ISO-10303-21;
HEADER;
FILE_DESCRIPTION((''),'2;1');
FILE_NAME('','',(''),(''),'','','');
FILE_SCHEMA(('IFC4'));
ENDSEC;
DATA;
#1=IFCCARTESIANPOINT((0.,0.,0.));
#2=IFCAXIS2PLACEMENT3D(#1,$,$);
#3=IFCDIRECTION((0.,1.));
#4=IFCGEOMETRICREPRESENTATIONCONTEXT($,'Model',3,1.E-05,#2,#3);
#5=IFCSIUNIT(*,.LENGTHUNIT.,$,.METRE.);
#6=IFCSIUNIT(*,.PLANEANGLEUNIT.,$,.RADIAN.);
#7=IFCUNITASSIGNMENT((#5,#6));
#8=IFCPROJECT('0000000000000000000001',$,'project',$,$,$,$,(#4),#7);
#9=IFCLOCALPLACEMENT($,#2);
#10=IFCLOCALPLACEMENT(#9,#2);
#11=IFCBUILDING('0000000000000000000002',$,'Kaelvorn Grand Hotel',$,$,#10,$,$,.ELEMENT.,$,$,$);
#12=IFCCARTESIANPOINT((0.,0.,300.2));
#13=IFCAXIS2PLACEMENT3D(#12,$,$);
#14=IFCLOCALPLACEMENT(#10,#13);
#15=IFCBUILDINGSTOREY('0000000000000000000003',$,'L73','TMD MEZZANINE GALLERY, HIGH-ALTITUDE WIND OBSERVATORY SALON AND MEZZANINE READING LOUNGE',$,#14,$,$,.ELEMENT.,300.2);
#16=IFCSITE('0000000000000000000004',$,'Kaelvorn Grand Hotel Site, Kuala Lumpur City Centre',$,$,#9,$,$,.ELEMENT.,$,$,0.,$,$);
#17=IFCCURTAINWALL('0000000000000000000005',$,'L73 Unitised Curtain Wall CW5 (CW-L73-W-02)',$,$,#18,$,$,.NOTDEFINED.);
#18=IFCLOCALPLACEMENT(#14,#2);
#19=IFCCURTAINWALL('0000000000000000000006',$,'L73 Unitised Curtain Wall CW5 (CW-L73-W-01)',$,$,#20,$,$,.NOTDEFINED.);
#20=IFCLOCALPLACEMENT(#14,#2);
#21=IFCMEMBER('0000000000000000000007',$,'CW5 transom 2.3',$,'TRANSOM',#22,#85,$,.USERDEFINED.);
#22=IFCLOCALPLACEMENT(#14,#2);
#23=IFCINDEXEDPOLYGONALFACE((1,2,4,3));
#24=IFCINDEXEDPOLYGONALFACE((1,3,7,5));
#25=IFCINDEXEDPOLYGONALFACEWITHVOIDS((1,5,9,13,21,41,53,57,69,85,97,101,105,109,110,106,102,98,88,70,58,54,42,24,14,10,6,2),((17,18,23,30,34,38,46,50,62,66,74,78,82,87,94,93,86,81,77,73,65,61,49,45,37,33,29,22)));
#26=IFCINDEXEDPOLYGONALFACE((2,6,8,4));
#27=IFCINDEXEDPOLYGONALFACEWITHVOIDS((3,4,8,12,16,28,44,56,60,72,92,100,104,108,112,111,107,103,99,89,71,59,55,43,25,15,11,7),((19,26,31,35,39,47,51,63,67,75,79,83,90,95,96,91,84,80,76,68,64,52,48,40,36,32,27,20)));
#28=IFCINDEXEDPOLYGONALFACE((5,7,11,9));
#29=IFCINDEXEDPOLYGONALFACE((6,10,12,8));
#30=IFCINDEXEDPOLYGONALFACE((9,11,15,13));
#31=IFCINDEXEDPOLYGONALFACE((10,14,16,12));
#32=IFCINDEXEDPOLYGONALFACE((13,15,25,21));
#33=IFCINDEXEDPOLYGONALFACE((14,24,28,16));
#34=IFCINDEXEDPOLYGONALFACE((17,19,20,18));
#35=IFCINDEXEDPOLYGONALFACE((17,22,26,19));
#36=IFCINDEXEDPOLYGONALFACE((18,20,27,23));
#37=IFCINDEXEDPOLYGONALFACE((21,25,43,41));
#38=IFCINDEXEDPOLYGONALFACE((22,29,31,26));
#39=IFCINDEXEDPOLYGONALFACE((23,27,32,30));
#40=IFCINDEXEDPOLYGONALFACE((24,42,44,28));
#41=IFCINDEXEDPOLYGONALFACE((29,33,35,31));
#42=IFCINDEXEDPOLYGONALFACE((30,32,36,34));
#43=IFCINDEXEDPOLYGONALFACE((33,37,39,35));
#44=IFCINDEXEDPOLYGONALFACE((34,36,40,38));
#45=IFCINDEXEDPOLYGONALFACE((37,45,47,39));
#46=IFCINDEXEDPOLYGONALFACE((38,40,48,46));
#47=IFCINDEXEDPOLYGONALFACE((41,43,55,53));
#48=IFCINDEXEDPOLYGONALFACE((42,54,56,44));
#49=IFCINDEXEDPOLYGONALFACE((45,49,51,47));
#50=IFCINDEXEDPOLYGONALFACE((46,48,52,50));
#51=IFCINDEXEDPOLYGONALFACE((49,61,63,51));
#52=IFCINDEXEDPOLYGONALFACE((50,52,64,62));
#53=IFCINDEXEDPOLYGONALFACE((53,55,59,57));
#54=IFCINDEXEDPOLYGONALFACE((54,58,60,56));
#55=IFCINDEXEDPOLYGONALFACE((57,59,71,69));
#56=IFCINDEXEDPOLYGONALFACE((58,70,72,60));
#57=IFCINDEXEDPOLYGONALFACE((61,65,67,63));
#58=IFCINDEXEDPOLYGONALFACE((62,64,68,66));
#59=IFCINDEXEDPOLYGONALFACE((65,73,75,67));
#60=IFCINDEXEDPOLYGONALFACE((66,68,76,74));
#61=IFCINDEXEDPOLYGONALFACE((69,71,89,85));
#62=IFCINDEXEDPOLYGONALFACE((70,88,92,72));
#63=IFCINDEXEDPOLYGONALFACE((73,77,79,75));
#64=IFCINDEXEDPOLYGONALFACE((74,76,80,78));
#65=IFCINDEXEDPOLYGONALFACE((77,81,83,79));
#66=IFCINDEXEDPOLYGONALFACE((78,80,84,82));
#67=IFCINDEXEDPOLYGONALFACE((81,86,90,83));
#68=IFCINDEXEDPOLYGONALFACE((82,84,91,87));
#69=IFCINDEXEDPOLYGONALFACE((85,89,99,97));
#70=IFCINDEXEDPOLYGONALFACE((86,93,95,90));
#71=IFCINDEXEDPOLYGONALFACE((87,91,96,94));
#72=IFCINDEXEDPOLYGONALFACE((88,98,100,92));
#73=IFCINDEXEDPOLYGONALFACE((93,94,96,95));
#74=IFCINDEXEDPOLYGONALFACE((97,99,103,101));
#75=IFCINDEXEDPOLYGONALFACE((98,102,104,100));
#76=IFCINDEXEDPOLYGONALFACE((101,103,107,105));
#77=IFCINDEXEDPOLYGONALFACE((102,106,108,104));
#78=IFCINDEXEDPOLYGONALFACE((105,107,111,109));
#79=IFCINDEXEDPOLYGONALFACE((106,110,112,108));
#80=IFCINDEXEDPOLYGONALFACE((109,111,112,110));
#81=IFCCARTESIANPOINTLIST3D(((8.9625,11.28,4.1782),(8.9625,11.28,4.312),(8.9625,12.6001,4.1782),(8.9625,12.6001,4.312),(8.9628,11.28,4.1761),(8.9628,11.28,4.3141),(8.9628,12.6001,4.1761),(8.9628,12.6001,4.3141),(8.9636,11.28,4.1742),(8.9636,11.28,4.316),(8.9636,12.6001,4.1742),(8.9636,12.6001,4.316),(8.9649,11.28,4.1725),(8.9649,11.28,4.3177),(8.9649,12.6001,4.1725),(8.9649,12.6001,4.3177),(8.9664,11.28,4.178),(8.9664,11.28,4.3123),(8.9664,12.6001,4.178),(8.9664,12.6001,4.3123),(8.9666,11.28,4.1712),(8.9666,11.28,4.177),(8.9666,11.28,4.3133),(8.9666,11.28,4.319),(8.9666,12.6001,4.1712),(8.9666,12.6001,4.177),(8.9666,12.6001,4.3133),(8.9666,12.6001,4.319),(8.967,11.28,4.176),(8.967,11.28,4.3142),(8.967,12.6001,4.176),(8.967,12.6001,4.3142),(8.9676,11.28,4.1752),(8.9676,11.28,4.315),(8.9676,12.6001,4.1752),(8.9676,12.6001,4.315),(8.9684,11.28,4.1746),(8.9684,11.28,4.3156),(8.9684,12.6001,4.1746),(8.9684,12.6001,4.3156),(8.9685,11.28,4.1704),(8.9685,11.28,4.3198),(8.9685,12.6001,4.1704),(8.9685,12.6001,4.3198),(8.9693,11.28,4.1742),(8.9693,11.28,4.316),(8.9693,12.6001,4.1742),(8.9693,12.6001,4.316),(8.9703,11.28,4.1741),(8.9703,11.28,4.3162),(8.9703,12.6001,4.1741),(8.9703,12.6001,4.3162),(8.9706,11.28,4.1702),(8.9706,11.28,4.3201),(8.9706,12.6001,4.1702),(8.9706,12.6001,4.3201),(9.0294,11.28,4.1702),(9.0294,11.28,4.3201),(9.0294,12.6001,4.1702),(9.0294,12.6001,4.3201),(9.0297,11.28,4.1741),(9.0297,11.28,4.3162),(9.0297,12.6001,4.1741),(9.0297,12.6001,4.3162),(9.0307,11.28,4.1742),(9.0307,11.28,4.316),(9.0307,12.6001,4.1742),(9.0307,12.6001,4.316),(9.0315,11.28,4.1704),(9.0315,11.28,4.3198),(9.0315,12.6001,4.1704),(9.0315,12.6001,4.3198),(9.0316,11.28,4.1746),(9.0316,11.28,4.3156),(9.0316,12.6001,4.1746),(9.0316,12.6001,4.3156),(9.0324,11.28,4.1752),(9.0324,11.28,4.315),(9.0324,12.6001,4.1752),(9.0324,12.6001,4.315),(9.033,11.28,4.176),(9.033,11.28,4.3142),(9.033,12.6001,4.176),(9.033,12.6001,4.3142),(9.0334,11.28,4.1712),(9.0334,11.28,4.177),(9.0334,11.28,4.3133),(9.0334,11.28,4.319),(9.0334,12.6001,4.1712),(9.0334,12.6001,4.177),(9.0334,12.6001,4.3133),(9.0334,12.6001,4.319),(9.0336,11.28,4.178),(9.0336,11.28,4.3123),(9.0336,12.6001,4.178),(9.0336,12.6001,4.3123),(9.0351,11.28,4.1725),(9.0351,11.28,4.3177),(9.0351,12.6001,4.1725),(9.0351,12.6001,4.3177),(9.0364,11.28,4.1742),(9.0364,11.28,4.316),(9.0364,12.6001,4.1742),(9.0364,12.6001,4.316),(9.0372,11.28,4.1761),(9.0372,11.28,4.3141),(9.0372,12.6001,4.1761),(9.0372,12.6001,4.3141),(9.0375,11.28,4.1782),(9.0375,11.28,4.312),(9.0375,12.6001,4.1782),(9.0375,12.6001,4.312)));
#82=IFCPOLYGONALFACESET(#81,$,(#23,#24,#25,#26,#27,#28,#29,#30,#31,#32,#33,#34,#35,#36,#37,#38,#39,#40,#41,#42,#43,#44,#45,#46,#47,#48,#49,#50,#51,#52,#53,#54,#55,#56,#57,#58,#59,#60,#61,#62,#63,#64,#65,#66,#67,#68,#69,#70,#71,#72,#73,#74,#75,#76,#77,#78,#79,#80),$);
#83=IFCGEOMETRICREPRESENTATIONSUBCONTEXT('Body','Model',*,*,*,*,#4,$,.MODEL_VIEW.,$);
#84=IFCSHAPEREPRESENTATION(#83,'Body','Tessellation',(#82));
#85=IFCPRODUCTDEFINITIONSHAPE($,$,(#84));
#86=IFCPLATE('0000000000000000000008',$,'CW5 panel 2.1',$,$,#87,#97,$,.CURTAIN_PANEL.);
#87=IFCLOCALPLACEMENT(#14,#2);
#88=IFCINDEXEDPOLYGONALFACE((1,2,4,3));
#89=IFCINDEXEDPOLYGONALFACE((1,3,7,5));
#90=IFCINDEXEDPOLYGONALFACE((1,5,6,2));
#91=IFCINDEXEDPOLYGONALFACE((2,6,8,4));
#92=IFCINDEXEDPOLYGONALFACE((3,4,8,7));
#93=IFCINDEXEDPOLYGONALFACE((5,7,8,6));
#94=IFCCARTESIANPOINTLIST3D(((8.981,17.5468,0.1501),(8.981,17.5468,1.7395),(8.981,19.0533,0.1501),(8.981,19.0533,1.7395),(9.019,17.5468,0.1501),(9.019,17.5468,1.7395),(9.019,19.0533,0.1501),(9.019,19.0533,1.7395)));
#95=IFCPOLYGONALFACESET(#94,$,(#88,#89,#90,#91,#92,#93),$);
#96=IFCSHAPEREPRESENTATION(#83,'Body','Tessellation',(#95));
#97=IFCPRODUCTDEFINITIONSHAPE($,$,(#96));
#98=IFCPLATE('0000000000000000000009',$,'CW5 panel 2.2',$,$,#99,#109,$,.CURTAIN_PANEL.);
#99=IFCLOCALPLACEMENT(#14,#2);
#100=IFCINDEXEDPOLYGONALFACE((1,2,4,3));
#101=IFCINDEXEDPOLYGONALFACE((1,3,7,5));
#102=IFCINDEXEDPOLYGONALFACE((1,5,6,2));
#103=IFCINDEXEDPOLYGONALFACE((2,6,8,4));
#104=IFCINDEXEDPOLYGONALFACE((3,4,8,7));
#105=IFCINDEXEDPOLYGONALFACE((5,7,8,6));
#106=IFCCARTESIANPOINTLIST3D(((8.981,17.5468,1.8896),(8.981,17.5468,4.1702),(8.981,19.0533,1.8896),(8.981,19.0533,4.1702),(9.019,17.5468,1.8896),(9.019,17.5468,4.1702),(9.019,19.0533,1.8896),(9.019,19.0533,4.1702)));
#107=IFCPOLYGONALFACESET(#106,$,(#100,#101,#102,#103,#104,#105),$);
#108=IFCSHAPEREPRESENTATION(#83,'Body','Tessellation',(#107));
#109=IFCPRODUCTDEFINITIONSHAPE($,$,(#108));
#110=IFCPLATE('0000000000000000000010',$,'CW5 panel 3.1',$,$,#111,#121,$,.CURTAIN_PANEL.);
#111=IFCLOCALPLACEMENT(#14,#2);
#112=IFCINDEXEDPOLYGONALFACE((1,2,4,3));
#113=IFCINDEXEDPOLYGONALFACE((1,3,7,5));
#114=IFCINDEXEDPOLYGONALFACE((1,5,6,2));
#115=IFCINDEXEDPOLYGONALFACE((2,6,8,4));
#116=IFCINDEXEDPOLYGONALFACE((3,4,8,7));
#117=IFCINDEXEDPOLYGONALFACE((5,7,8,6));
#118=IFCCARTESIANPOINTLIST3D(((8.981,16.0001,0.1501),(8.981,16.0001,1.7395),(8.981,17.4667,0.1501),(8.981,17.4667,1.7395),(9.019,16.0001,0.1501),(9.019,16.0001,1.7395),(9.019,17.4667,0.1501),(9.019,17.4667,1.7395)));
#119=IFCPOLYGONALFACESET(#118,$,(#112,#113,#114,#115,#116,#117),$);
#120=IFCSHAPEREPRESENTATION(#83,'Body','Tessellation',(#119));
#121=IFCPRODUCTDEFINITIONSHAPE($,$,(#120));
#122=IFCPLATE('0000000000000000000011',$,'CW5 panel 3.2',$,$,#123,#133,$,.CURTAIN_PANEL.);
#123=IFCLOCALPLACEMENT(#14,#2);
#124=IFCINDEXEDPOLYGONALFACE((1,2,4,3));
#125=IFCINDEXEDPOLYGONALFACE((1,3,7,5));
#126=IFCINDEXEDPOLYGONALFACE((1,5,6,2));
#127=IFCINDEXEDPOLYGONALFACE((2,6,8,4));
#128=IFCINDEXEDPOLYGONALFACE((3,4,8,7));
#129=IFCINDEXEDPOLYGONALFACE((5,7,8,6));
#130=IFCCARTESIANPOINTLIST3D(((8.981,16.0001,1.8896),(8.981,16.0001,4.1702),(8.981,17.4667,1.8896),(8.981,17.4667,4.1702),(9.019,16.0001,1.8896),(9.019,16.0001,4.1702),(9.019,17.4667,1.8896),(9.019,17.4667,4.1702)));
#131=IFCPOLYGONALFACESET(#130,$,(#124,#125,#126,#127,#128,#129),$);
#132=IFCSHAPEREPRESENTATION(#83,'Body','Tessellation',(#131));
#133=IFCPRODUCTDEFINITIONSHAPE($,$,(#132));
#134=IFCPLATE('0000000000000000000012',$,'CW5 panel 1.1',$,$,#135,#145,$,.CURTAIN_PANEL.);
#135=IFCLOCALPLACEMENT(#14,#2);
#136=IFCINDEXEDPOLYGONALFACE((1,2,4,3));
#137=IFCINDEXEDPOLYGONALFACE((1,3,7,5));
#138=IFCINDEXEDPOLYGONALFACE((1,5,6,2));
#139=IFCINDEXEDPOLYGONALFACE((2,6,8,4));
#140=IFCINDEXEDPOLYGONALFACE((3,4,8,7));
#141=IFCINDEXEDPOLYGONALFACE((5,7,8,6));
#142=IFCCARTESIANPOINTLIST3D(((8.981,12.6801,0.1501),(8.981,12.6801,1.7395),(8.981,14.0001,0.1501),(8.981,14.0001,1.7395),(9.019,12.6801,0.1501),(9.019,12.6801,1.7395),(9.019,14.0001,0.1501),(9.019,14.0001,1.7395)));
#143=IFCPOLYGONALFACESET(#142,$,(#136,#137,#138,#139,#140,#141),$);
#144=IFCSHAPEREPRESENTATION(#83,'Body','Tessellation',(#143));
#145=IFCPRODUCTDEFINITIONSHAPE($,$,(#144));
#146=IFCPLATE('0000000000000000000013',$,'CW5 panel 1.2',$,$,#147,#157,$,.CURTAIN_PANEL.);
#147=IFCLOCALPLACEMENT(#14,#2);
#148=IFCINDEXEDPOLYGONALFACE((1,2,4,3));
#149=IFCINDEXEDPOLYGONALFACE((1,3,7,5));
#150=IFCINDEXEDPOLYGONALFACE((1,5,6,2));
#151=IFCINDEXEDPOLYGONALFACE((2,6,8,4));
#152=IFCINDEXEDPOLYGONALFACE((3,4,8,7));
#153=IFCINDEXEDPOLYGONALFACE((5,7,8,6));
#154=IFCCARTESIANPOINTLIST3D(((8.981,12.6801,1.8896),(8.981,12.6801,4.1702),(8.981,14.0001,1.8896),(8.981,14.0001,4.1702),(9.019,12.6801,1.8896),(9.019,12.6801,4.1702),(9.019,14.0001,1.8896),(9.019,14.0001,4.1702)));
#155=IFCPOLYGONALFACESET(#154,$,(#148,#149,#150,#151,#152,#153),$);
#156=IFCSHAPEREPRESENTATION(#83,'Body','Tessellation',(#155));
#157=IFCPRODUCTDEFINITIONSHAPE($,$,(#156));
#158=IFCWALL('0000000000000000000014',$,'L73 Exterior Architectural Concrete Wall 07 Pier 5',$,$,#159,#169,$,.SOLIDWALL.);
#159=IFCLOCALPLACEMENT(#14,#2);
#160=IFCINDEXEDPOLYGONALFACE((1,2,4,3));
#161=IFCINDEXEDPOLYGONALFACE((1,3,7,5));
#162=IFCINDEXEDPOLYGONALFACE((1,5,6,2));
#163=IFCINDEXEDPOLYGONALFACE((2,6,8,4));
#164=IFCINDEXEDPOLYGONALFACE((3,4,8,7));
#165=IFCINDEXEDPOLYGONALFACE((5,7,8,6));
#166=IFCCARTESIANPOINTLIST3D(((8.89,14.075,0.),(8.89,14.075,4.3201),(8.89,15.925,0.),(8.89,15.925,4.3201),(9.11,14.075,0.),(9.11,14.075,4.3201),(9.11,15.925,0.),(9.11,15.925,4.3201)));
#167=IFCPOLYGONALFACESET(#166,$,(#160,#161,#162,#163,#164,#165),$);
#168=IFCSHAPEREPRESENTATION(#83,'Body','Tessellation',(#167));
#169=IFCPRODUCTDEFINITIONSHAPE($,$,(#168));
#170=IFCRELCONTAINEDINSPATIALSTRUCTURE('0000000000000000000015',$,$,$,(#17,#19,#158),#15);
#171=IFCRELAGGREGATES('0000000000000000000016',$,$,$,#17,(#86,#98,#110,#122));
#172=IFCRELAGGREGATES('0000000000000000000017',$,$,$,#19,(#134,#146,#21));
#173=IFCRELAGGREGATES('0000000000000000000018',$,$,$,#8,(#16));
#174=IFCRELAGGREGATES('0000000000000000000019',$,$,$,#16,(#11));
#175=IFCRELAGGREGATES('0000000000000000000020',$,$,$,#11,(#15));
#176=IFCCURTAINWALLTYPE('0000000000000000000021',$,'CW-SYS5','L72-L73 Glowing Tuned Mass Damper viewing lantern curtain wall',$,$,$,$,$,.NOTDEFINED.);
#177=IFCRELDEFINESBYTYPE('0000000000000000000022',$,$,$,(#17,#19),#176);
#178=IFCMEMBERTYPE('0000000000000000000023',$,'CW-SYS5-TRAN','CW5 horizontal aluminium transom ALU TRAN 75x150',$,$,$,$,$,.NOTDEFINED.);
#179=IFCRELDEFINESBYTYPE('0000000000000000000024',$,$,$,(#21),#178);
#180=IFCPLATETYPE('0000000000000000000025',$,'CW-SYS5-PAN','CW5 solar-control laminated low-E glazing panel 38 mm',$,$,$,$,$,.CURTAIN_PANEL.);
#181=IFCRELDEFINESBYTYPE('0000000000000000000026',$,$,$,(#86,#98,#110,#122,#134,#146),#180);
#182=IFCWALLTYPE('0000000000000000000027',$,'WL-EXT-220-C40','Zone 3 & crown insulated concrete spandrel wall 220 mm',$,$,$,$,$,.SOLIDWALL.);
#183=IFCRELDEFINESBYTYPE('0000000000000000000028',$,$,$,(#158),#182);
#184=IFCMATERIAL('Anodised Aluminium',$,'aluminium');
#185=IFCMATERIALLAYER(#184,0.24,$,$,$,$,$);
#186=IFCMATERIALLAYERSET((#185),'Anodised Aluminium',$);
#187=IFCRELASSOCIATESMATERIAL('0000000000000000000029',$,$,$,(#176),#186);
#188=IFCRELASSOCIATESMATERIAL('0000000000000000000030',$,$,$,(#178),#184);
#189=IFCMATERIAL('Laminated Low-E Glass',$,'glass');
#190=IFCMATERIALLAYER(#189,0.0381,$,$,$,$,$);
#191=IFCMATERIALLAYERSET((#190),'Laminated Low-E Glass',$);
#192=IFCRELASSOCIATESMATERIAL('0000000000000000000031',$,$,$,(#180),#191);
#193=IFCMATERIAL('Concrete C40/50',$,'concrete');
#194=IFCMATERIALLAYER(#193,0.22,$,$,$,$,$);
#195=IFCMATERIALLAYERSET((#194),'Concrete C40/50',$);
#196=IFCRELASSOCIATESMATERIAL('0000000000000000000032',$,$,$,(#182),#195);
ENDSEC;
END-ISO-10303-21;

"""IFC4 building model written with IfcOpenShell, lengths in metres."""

from ifc_helpers import new_model, si_unit, direction, frame, frame_2d, origin, origin_2d, place, context, subcontext, project, spatial, rectangle, hollow_rectangle, extrude, material, layer, layer_set, material_profile, profile_set, type_object, element, aggregate, save


model = new_model("IFC4")

# Units and contexts
model_context = context("Model", 3, precision=1e-05, world=origin(), true_north=direction((0.0, 1.0)))
body_context = subcontext(model_context, "Body", "Model", "MODEL_VIEW")
ifc_project = project(units=[si_unit("LENGTHUNIT", "METRE"), si_unit("PLANEANGLEUNIT", "RADIAN")], contexts=[model_context])

# Site, building, storey
site_placement = place(None, origin())
site = spatial("IfcSite", under=ifc_project, at=site_placement, Name="Kaelvorn Grand Hotel Site, Kuala Lumpur City Centre", CompositionType="ELEMENT", RefElevation=0.0)
building_placement = place(site_placement, origin())
building = spatial("IfcBuilding", under=site, at=building_placement, Name="Kaelvorn Grand Hotel", CompositionType="ELEMENT")
storey_placement = place(building_placement, frame((0.0, 0.0, 300.2)))
storey = spatial("IfcBuildingStorey", under=building, at=storey_placement, Name="L73", Description="TMD MEZZANINE GALLERY, HIGH-ALTITUDE WIND OBSERVATORY SALON AND MEZZANINE READING LOUNGE", CompositionType="ELEMENT", Elevation=300.2)

# Curtain walls
ifc_material_1 = material(Name="Anodised Aluminium", Category="aluminium")
ifc_layer_1 = layer(ifc_material_1, 0.24)
ifc_layer_set_1 = layer_set([ifc_layer_1], Name="Anodised Aluminium")
curtain_wall_type = type_object("IfcCurtainWallType", Name="CW-SYS5", Description="L72-L73 Glowing Tuned Mass Damper viewing lantern curtain wall", PredefinedType="NOTDEFINED", material=ifc_layer_set_1)
curtain_wall_1_placement = place(storey_placement, origin())
curtain_wall_1 = element("IfcCurtainWall", 1, at=curtain_wall_1_placement, inside=storey, type_object=curtain_wall_type, Name="L73 Unitised Curtain Wall CW5 (CW-L73-W-02)", PredefinedType="NOTDEFINED")
curtain_wall_2_placement = place(storey_placement, origin())
curtain_wall_2 = element("IfcCurtainWall", 2, at=curtain_wall_2_placement, inside=storey, type_object=curtain_wall_type, Name="L73 Unitised Curtain Wall CW5 (CW-L73-W-01)", PredefinedType="NOTDEFINED")

# Member
ifc_material_profile_1 = material_profile(ifc_material_1, hollow_rectangle(XDim=0.075, YDim=0.1499, WallThickness=0.0039, InnerFilletRadius=0.0039, OuterFilletRadius=0.0081, at=origin_2d()), Name="ALU TRAN 75x150")
ifc_profile_set_1 = profile_set([ifc_material_profile_1], Name="Anodised Aluminium")
member_type_1 = type_object("IfcMemberType", Name="CW-SYS5-TRAN", Description="CW5 horizontal aluminium transom ALU TRAN 75x150", PredefinedType="NOTDEFINED", material=ifc_profile_set_1)
member_1_placement = place(storey_placement, frame((9.0, 12.6001, 4.2451), z_axis=(0.0, -1.0, 0.0), x_axis=(1.0, 0.0, 0.0)))
member_1 = element("IfcMember", 3, at=member_1_placement, type_object=member_type_1, Name="CW5 transom 2.3", ObjectType="TRANSOM", PredefinedType="USERDEFINED", context=body_context, shape_type="SweptSolid", body=[
    extrude(hollow_rectangle(XDim=0.075, YDim=0.1499, WallThickness=0.0039, InnerFilletRadius=0.0039, OuterFilletRadius=0.0081, at=origin_2d()), origin(), (0.0, 0.0, 1.0), 1.3201),
])

# Plates
ifc_material_2 = material(Name="Laminated Low-E Glass", Category="glass")
ifc_layer_2 = layer(ifc_material_2, 0.0381)
ifc_layer_set_2 = layer_set([ifc_layer_2], Name="Laminated Low-E Glass")
plate_type = type_object("IfcPlateType", Name="CW-SYS5-PAN", Description="CW5 solar-control laminated low-E glazing panel 38 mm", PredefinedType="CURTAIN_PANEL", material=ifc_layer_set_2)
plate_1_placement = place(storey_placement, frame((9.0, 18.3, 0.1501), z_axis=(0.0, 0.0, 1.0), x_axis=(0.0, -1.0, 0.0)))
plate_1 = element("IfcPlate", 4, at=plate_1_placement, type_object=plate_type, Name="CW5 panel 2.1", PredefinedType="CURTAIN_PANEL", context=body_context, shape_type="SweptSolid", body=[
    extrude(rectangle(XDim=1.5066, YDim=0.0381, at=origin_2d()), origin(), (0.0, 0.0, 1.0), 1.5894),
])
plate_2_placement = place(storey_placement, frame((9.0, 18.3, 1.8896), z_axis=(0.0, 0.0, 1.0), x_axis=(0.0, -1.0, 0.0)))
plate_2 = element("IfcPlate", 5, at=plate_2_placement, type_object=plate_type, Name="CW5 panel 2.2", PredefinedType="CURTAIN_PANEL", context=body_context, shape_type="SweptSolid", body=[
    extrude(rectangle(XDim=1.5066, YDim=0.0381, at=origin_2d()), origin(), (0.0, 0.0, 1.0), 2.2805),
])
plate_3_placement = place(storey_placement, frame((9.0, 16.7334, 0.1501), z_axis=(0.0, 0.0, 1.0), x_axis=(0.0, -1.0, 0.0)))
plate_3 = element("IfcPlate", 6, at=plate_3_placement, type_object=plate_type, Name="CW5 panel 3.1", PredefinedType="CURTAIN_PANEL", context=body_context, shape_type="SweptSolid", body=[
    extrude(rectangle(XDim=1.4666, YDim=0.0381, at=origin_2d()), origin(), (0.0, 0.0, 1.0), 1.5894),
])
plate_4_placement = place(storey_placement, frame((9.0, 16.7334, 1.8896), z_axis=(0.0, 0.0, 1.0), x_axis=(0.0, -1.0, 0.0)))
plate_4 = element("IfcPlate", 7, at=plate_4_placement, type_object=plate_type, Name="CW5 panel 3.2", PredefinedType="CURTAIN_PANEL", context=body_context, shape_type="SweptSolid", body=[
    extrude(rectangle(XDim=1.4666, YDim=0.0381, at=origin_2d()), origin(), (0.0, 0.0, 1.0), 2.2805),
])
aggregate(curtain_wall_1, [plate_1, plate_2, plate_3, plate_4])
plate_5_placement = place(storey_placement, frame((9.0, 13.3401, 0.1501), z_axis=(0.0, 0.0, 1.0), x_axis=(0.0, -1.0, 0.0)))
plate_5 = element("IfcPlate", 8, at=plate_5_placement, type_object=plate_type, Name="CW5 panel 1.1", PredefinedType="CURTAIN_PANEL", context=body_context, shape_type="SweptSolid", body=[
    extrude(rectangle(XDim=1.3201, YDim=0.0381, at=origin_2d()), origin(), (0.0, 0.0, 1.0), 1.5894),
])
plate_6_placement = place(storey_placement, frame((9.0, 13.3401, 1.8896), z_axis=(0.0, 0.0, 1.0), x_axis=(0.0, -1.0, 0.0)))
plate_6 = element("IfcPlate", 9, at=plate_6_placement, type_object=plate_type, Name="CW5 panel 1.2", PredefinedType="CURTAIN_PANEL", context=body_context, shape_type="SweptSolid", body=[
    extrude(rectangle(XDim=1.3201, YDim=0.0381, at=origin_2d()), origin(), (0.0, 0.0, 1.0), 2.2805),
])
aggregate(curtain_wall_2, [plate_5, plate_6, member_1])

# Wall
ifc_material_3 = material(Name="Concrete C40/50", Category="concrete")
ifc_layer_3 = layer(ifc_material_3, 0.22)
ifc_layer_set_3 = layer_set([ifc_layer_3], Name="Concrete C40/50")
wall_type = type_object("IfcWallType", Name="WL-EXT-220-C40", Description="Zone 3 & crown insulated concrete spandrel wall 220 mm", PredefinedType="SOLIDWALL", material=ifc_layer_set_3)
wall_placement = place(storey_placement, frame((9.0, 15.925, 0.0), z_axis=(0.0, 0.0, 1.0), x_axis=(0.0, -1.0, 0.0)))
element("IfcWall", 10, at=wall_placement, inside=storey, type_object=wall_type, Name="L73 Exterior Architectural Concrete Wall 07 Pier 5", PredefinedType="SOLIDWALL", context=body_context, shape_type="SweptSolid", body=[
    extrude(rectangle(XDim=1.8501, YDim=0.22, at=frame_2d((0.925, 0.0))), origin(), (0.0, 0.0, 1.0), 4.3201),
])

save(model, "model.ifc")
